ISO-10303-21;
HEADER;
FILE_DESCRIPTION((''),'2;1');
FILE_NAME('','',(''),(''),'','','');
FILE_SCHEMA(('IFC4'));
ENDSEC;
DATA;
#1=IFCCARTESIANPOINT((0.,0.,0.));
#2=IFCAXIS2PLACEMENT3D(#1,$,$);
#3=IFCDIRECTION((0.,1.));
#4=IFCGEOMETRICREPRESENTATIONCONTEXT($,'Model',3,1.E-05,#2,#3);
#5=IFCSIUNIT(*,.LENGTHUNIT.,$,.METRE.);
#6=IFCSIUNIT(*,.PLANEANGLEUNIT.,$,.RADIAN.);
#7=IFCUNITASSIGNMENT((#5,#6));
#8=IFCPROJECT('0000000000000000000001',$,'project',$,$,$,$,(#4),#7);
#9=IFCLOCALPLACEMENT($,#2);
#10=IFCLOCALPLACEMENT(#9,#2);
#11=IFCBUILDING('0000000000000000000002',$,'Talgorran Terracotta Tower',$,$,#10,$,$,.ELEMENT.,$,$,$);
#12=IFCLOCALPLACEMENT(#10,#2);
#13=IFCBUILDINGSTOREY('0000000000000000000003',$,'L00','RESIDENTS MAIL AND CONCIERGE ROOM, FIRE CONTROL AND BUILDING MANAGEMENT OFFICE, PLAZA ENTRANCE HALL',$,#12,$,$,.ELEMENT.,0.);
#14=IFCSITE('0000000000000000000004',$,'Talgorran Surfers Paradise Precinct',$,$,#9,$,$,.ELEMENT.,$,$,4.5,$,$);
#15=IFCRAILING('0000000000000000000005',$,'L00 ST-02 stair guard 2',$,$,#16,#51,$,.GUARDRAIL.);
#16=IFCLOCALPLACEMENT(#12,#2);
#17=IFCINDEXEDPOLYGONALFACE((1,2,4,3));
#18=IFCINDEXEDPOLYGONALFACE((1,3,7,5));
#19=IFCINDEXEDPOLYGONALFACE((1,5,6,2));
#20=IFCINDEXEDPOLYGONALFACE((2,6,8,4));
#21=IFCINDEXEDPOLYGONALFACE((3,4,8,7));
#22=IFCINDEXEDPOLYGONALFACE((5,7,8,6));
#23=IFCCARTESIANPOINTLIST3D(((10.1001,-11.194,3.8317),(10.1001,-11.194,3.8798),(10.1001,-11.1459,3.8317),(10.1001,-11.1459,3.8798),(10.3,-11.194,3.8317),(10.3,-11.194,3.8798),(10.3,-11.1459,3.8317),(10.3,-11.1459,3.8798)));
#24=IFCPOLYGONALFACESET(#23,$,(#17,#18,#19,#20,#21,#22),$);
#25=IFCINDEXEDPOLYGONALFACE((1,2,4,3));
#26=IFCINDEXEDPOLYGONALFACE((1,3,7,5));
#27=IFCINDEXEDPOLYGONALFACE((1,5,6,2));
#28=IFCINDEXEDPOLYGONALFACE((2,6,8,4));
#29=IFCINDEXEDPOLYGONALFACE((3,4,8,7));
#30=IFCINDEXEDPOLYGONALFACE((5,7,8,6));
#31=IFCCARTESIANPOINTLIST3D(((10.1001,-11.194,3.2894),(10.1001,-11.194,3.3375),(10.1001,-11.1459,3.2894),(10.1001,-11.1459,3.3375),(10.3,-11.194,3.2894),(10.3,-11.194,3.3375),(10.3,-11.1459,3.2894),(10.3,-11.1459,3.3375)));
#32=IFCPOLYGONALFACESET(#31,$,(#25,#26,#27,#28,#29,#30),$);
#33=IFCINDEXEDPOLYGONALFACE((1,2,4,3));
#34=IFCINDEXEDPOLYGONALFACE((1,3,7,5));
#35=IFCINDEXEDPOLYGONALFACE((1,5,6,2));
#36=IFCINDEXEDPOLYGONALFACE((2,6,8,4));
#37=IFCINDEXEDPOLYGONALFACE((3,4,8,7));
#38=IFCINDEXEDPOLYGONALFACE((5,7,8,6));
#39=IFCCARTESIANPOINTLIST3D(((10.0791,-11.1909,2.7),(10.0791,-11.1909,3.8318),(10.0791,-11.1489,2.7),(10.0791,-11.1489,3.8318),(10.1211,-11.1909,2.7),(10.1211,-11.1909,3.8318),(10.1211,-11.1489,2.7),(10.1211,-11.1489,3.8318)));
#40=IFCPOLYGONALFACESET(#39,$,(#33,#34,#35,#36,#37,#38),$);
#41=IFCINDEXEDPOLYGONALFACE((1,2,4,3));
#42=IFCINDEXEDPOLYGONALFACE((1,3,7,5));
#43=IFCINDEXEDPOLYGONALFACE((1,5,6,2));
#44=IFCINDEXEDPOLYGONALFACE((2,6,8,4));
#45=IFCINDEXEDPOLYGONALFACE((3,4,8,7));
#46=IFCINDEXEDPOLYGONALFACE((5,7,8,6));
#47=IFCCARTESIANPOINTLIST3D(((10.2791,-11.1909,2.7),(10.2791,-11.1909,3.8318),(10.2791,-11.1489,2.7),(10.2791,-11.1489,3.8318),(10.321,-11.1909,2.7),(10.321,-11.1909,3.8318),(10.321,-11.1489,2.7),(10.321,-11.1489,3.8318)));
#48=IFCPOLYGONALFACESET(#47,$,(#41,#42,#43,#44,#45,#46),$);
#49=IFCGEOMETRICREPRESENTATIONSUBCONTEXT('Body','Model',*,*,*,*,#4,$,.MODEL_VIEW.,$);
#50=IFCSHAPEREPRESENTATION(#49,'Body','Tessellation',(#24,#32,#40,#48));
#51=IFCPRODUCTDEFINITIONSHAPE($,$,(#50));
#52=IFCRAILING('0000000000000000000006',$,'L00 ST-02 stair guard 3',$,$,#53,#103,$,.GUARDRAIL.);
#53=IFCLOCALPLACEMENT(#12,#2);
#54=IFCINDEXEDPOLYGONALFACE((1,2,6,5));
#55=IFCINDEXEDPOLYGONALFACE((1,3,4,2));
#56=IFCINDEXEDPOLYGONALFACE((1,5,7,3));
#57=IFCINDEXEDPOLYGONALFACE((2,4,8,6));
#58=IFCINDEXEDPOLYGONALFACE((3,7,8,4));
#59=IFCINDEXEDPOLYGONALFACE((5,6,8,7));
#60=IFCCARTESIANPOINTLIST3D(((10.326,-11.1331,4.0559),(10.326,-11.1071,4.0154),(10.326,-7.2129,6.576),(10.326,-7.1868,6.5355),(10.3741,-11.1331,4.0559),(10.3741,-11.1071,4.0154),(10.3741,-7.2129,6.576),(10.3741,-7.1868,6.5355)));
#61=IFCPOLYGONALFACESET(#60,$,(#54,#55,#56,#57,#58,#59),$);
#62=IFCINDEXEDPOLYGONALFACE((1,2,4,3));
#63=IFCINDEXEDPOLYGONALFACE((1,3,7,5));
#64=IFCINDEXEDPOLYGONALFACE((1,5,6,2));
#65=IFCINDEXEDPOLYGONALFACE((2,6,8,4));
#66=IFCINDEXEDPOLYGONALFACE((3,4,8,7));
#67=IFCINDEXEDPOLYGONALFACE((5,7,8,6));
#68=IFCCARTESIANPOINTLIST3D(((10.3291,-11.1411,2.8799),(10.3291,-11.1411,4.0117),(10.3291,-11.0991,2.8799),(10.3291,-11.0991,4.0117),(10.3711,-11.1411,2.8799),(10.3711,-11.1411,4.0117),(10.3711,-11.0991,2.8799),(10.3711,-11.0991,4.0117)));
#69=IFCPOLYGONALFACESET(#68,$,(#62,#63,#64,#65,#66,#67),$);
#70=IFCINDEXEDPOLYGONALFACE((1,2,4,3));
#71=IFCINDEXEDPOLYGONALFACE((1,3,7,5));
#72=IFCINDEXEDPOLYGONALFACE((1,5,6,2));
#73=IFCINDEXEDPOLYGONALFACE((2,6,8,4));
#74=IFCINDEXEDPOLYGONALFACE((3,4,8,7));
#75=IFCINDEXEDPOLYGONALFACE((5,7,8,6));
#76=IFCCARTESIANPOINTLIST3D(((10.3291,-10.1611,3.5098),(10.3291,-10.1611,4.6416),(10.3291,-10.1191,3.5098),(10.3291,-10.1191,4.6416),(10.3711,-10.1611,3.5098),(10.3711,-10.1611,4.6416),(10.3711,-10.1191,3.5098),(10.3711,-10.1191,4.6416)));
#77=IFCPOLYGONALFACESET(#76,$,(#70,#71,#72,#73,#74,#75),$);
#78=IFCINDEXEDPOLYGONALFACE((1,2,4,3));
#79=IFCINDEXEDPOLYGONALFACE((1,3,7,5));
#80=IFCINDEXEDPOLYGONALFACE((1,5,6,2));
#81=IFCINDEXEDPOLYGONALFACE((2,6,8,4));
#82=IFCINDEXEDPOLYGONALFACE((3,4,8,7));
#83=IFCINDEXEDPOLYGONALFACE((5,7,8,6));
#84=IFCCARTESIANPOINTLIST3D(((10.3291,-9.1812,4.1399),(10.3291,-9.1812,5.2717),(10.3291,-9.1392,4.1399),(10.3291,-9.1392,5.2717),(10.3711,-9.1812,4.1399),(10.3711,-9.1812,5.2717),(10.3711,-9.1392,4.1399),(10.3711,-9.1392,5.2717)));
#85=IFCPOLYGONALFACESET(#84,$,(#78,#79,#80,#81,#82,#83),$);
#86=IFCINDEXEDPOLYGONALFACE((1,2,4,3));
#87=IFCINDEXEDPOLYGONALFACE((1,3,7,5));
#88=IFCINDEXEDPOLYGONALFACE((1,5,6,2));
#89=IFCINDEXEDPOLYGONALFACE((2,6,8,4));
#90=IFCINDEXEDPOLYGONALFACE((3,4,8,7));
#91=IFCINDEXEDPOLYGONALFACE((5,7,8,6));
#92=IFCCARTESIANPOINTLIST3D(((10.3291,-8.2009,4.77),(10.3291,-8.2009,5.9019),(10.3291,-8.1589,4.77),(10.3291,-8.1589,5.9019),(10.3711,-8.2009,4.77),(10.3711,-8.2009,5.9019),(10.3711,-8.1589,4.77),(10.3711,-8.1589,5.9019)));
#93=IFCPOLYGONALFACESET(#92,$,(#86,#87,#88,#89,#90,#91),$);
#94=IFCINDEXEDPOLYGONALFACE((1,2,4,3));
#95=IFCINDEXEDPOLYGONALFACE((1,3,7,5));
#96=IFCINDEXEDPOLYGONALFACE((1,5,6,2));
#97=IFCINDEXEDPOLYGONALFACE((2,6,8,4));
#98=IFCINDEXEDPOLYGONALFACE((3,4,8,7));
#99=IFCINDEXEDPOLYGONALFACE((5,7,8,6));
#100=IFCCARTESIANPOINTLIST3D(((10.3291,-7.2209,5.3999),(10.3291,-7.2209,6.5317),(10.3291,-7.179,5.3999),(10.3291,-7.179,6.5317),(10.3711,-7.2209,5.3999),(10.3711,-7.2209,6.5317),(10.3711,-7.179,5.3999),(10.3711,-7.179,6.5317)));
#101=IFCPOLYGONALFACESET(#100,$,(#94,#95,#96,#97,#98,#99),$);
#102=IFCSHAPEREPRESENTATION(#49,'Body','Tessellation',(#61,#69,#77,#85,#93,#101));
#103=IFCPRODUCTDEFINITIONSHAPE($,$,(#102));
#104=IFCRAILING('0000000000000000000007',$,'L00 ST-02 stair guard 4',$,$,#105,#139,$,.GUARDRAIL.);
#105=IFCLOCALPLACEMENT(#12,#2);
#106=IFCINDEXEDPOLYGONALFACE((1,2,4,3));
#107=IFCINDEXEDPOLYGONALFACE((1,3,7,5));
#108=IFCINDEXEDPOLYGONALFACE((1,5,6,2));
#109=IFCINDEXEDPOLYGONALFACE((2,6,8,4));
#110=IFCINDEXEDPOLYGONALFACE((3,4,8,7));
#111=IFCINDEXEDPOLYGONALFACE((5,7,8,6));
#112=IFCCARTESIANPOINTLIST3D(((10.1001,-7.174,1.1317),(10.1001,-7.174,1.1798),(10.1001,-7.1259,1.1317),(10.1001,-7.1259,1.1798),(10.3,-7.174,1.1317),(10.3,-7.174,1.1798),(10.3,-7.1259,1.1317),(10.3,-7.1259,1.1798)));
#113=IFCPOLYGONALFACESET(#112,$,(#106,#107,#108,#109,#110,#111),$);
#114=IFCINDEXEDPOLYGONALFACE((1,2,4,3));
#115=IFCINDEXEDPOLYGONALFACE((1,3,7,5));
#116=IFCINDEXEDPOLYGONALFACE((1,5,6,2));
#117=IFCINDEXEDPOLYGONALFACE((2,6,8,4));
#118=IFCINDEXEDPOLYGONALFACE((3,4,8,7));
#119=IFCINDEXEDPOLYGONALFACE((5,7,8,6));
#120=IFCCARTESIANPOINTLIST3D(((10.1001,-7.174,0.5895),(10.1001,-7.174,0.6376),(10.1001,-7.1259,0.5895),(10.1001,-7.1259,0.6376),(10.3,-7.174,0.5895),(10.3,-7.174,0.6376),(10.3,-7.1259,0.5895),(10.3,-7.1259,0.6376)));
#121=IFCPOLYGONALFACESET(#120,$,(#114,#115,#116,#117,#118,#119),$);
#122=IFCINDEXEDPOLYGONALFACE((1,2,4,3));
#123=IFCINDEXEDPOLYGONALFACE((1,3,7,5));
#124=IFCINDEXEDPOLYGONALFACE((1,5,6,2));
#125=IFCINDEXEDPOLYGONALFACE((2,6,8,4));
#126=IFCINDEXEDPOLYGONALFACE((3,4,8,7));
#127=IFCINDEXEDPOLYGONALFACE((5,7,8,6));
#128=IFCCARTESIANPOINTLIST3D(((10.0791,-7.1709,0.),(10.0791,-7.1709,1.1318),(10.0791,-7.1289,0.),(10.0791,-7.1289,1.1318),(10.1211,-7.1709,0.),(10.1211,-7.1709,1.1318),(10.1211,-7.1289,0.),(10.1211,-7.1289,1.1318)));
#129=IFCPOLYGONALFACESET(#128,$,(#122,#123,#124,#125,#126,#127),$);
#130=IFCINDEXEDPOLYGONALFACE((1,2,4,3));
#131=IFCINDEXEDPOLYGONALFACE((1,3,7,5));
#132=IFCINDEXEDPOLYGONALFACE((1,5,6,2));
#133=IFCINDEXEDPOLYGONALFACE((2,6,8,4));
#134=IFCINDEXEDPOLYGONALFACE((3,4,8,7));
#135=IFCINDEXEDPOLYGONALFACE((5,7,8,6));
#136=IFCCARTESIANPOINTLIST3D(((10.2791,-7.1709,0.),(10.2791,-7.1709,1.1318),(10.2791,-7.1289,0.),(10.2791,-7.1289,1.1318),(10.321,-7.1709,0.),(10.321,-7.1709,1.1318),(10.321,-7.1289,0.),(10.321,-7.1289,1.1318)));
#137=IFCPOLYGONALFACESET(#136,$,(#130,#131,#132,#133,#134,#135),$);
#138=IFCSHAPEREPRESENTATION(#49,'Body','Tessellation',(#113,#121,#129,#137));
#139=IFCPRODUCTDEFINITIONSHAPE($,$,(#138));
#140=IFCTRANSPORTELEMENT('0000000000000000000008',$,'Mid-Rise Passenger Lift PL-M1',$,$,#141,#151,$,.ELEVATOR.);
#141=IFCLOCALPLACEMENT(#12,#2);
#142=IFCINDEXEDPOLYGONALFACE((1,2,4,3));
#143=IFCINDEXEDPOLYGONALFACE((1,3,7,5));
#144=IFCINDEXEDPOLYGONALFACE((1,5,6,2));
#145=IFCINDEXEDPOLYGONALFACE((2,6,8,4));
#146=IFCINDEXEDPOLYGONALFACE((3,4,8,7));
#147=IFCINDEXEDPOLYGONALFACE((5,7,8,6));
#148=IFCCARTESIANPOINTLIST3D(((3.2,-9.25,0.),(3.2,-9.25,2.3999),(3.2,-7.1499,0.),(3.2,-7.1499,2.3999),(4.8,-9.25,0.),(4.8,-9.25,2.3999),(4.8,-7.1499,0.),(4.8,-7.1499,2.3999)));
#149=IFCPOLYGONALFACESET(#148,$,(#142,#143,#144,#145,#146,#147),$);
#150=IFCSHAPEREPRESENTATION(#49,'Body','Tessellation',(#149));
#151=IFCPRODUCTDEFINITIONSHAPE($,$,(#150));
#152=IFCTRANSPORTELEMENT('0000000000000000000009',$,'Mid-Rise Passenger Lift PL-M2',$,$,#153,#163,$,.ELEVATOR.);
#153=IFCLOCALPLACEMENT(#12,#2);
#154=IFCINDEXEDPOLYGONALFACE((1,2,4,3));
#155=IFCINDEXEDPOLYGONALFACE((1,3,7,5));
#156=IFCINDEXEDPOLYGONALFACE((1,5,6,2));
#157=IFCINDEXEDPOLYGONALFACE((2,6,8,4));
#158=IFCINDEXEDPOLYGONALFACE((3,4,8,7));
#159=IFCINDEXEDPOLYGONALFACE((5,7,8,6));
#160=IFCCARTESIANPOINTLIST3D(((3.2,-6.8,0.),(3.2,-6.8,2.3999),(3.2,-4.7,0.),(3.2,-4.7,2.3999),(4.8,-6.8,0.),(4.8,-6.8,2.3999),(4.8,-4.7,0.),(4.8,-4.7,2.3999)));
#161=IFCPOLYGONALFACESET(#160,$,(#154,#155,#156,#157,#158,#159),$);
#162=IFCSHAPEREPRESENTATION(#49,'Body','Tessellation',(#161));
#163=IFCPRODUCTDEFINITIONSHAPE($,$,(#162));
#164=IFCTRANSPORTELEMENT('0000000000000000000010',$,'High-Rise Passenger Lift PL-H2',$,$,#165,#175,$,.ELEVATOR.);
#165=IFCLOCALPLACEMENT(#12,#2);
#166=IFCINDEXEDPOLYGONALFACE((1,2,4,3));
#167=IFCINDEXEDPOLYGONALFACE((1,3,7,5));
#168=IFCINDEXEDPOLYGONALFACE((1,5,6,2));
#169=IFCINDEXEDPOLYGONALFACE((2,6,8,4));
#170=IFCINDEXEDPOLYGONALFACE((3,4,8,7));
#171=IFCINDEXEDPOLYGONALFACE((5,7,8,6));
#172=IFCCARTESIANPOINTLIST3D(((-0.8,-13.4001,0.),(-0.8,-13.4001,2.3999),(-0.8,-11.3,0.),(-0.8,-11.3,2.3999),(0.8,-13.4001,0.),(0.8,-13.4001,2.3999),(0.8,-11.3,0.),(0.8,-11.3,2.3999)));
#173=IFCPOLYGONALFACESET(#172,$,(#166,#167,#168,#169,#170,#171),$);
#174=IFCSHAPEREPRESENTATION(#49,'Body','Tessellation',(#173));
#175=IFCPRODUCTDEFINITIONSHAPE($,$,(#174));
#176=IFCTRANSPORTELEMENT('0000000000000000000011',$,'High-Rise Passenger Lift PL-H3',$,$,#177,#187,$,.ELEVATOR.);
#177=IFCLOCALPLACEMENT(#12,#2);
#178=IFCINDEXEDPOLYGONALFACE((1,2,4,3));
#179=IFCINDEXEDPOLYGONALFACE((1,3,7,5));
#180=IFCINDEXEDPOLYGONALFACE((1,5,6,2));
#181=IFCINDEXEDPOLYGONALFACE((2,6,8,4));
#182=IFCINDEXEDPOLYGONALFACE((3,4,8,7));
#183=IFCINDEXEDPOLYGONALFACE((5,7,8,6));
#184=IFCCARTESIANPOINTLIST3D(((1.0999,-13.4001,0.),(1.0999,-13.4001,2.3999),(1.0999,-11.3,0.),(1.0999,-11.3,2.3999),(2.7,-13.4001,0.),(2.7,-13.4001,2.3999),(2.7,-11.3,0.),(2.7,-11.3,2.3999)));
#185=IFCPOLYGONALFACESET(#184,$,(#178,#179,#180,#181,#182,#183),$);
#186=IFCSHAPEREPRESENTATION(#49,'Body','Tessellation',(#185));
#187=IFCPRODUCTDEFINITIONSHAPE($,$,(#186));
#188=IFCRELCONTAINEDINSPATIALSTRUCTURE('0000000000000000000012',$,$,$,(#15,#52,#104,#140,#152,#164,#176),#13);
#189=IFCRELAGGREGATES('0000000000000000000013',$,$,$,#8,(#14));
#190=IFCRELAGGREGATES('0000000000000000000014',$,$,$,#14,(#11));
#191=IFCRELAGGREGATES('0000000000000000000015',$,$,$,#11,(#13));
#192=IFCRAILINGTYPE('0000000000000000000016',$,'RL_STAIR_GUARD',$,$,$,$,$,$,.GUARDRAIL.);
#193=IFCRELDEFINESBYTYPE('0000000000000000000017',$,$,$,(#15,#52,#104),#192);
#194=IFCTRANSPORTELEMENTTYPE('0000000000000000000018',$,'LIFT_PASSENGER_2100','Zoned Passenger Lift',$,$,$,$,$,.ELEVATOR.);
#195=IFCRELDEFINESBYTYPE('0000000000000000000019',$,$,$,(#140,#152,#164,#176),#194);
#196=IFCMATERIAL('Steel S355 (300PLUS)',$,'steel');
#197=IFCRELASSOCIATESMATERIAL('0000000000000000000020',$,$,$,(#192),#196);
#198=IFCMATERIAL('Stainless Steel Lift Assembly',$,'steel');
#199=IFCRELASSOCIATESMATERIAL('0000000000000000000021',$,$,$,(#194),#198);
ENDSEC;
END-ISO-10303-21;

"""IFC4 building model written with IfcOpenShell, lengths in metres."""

from ifc_helpers import new_model, si_unit, direction, frame, origin, origin_2d, place, context, subcontext, project, spatial, rectangle, extrude, material, type_object, element, save


model = new_model("IFC4")

# Units and contexts
model_context = context("Model", 3, precision=1e-05, world=origin(), true_north=direction((0.0, 1.0)))
body_context = subcontext(model_context, "Body", "Model", "MODEL_VIEW")
ifc_project = project(units=[si_unit("LENGTHUNIT", "METRE"), si_unit("PLANEANGLEUNIT", "RADIAN")], contexts=[model_context])

# Site, building, storey
site_placement = place(None, origin())
site = spatial("IfcSite", under=ifc_project, at=site_placement, Name="Talgorran Surfers Paradise Precinct", CompositionType="ELEMENT", RefElevation=4.5)
building_placement = place(site_placement, origin())
building = spatial("IfcBuilding", under=site, at=building_placement, Name="Talgorran Terracotta Tower", CompositionType="ELEMENT")
storey_placement = place(building_placement, origin())
storey = spatial("IfcBuildingStorey", under=building, at=storey_placement, Name="L00", Description="RESIDENTS MAIL AND CONCIERGE ROOM, FIRE CONTROL AND BUILDING MANAGEMENT OFFICE, PLAZA ENTRANCE HALL", CompositionType="ELEMENT", Elevation=0.0)

# Shared definitions
ifc_material_1 = material(Name="Steel S355 (300PLUS)", Category="steel")

# Railings
railing_type_1 = type_object("IfcRailingType", Name="RL_STAIR_GUARD", PredefinedType="GUARDRAIL", material=ifc_material_1)
railing_1_placement = place(storey_placement, frame((10.1001, -11.1699, 2.7)))
element("IfcRailing", 1, at=railing_1_placement, inside=storey, type_object=railing_type_1, Name="L00 ST-02 stair guard 2", PredefinedType="GUARDRAIL", context=body_context, shape_type="SweptSolid", body=[
    extrude(rectangle(XDim=0.0481, YDim=0.0481, at=origin_2d()), frame((0.0, 0.0, 1.1558), z_axis=(1.0, 0.0, 0.0), x_axis=(0.0, 1.0, 0.0)), (0.0, 0.0, 1.0), 0.2),
    extrude(rectangle(XDim=0.0481, YDim=0.0481, at=origin_2d()), frame((0.0, 0.0, 0.6135), z_axis=(1.0, 0.0, 0.0), x_axis=(0.0, 1.0, 0.0)), (0.0, 0.0, 1.0), 0.2),
    extrude(rectangle(XDim=0.042, YDim=0.042, at=origin_2d()), origin(), (0.0, 0.0, 1.0), 1.1318),
    extrude(rectangle(XDim=0.042, YDim=0.042, at=origin_2d()), frame((0.2, 0.0, 0.0)), (0.0, 0.0, 1.0), 1.1318),
])
railing_2_placement = place(storey_placement, frame((10.3501, -11.1201, 2.8799)))
element("IfcRailing", 2, at=railing_2_placement, inside=storey, type_object=railing_type_1, Name="L00 ST-02 stair guard 3", PredefinedType="GUARDRAIL", context=body_context, shape_type="SweptSolid", body=[
    extrude(rectangle(XDim=0.0481, YDim=0.0481, at=origin_2d()), frame((0.0, 0.0, 1.1558), z_axis=(0.0, 0.841187, 0.540744), x_axis=(-1.0, 0.0, 0.0)), (0.0, 0.0, 1.0), 4.6604),
    extrude(rectangle(XDim=0.042, YDim=0.042, at=origin_2d()), origin(), (0.0, 0.0, 1.0), 1.1318),
    extrude(rectangle(XDim=0.042, YDim=0.042, at=origin_2d()), frame((0.0, 0.98, 0.6299)), (0.0, 0.0, 1.0), 1.1318),
    extrude(rectangle(XDim=0.042, YDim=0.042, at=origin_2d()), frame((0.0, 1.96, 1.26)), (0.0, 0.0, 1.0), 1.1318),
    extrude(rectangle(XDim=0.042, YDim=0.042, at=origin_2d()), frame((0.0, 2.9402, 1.8901)), (0.0, 0.0, 1.0), 1.1318),
    extrude(rectangle(XDim=0.042, YDim=0.042, at=origin_2d()), frame((0.0, 3.9202, 2.52)), (0.0, 0.0, 1.0), 1.1318),
])
railing_3_placement = place(storey_placement, frame((10.1001, -7.1499, 0.0)))
element("IfcRailing", 3, at=railing_3_placement, inside=storey, type_object=railing_type_1, Name="L00 ST-02 stair guard 4", PredefinedType="GUARDRAIL", context=body_context, shape_type="SweptSolid", body=[
    extrude(rectangle(XDim=0.0481, YDim=0.0481, at=origin_2d()), frame((0.0, 0.0, 1.1558), z_axis=(1.0, 0.0, 0.0), x_axis=(0.0, 1.0, 0.0)), (0.0, 0.0, 1.0), 0.2),
    extrude(rectangle(XDim=0.0481, YDim=0.0481, at=origin_2d()), frame((0.0, 0.0, 0.6135), z_axis=(1.0, 0.0, 0.0), x_axis=(0.0, 1.0, 0.0)), (0.0, 0.0, 1.0), 0.2),
    extrude(rectangle(XDim=0.042, YDim=0.042, at=origin_2d()), origin(), (0.0, 0.0, 1.0), 1.1318),
    extrude(rectangle(XDim=0.042, YDim=0.042, at=origin_2d()), frame((0.2, 0.0, 0.0)), (0.0, 0.0, 1.0), 1.1318),
])

# Transport elements
ifc_material_2 = material(Name="Stainless Steel Lift Assembly", Category="steel")
transport_element_type = type_object("IfcTransportElementType", Name="LIFT_PASSENGER_2100", Description="Zoned Passenger Lift", PredefinedType="ELEVATOR", material=ifc_material_2)
for number, where, z_axis, x_axis, name in (
    (4, (4.0, -8.2, 0.0), (0.0, 0.0, 1.0), (1.0, 0.0, 0.0), "Mid-Rise Passenger Lift PL-M1"),
    (5, (4.0, -5.75, 0.0), (0.0, 0.0, 1.0), (1.0, 0.0, 0.0), "Mid-Rise Passenger Lift PL-M2"),
    (6, (0.0, -12.3501, 0.0), (0.0, 0.0, 1.0), (1.0, 0.0, 0.0), "High-Rise Passenger Lift PL-H2"),
    (7, (1.8999, -12.3501, 0.0), (0.0, 0.0, 1.0), (1.0, 0.0, 0.0), "High-Rise Passenger Lift PL-H3"),
):
    element("IfcTransportElement", number, at=place(storey_placement, frame(where, z_axis=z_axis, x_axis=x_axis)), inside=storey, type_object=transport_element_type, Name=name, PredefinedType="ELEVATOR", context=body_context, shape_type="SweptSolid", body=[
        extrude(rectangle(XDim=1.6001, YDim=2.1001, at=origin_2d()), origin(), (0.0, 0.0, 1.0), 2.3999),
    ])

save(model, "model.ifc")
